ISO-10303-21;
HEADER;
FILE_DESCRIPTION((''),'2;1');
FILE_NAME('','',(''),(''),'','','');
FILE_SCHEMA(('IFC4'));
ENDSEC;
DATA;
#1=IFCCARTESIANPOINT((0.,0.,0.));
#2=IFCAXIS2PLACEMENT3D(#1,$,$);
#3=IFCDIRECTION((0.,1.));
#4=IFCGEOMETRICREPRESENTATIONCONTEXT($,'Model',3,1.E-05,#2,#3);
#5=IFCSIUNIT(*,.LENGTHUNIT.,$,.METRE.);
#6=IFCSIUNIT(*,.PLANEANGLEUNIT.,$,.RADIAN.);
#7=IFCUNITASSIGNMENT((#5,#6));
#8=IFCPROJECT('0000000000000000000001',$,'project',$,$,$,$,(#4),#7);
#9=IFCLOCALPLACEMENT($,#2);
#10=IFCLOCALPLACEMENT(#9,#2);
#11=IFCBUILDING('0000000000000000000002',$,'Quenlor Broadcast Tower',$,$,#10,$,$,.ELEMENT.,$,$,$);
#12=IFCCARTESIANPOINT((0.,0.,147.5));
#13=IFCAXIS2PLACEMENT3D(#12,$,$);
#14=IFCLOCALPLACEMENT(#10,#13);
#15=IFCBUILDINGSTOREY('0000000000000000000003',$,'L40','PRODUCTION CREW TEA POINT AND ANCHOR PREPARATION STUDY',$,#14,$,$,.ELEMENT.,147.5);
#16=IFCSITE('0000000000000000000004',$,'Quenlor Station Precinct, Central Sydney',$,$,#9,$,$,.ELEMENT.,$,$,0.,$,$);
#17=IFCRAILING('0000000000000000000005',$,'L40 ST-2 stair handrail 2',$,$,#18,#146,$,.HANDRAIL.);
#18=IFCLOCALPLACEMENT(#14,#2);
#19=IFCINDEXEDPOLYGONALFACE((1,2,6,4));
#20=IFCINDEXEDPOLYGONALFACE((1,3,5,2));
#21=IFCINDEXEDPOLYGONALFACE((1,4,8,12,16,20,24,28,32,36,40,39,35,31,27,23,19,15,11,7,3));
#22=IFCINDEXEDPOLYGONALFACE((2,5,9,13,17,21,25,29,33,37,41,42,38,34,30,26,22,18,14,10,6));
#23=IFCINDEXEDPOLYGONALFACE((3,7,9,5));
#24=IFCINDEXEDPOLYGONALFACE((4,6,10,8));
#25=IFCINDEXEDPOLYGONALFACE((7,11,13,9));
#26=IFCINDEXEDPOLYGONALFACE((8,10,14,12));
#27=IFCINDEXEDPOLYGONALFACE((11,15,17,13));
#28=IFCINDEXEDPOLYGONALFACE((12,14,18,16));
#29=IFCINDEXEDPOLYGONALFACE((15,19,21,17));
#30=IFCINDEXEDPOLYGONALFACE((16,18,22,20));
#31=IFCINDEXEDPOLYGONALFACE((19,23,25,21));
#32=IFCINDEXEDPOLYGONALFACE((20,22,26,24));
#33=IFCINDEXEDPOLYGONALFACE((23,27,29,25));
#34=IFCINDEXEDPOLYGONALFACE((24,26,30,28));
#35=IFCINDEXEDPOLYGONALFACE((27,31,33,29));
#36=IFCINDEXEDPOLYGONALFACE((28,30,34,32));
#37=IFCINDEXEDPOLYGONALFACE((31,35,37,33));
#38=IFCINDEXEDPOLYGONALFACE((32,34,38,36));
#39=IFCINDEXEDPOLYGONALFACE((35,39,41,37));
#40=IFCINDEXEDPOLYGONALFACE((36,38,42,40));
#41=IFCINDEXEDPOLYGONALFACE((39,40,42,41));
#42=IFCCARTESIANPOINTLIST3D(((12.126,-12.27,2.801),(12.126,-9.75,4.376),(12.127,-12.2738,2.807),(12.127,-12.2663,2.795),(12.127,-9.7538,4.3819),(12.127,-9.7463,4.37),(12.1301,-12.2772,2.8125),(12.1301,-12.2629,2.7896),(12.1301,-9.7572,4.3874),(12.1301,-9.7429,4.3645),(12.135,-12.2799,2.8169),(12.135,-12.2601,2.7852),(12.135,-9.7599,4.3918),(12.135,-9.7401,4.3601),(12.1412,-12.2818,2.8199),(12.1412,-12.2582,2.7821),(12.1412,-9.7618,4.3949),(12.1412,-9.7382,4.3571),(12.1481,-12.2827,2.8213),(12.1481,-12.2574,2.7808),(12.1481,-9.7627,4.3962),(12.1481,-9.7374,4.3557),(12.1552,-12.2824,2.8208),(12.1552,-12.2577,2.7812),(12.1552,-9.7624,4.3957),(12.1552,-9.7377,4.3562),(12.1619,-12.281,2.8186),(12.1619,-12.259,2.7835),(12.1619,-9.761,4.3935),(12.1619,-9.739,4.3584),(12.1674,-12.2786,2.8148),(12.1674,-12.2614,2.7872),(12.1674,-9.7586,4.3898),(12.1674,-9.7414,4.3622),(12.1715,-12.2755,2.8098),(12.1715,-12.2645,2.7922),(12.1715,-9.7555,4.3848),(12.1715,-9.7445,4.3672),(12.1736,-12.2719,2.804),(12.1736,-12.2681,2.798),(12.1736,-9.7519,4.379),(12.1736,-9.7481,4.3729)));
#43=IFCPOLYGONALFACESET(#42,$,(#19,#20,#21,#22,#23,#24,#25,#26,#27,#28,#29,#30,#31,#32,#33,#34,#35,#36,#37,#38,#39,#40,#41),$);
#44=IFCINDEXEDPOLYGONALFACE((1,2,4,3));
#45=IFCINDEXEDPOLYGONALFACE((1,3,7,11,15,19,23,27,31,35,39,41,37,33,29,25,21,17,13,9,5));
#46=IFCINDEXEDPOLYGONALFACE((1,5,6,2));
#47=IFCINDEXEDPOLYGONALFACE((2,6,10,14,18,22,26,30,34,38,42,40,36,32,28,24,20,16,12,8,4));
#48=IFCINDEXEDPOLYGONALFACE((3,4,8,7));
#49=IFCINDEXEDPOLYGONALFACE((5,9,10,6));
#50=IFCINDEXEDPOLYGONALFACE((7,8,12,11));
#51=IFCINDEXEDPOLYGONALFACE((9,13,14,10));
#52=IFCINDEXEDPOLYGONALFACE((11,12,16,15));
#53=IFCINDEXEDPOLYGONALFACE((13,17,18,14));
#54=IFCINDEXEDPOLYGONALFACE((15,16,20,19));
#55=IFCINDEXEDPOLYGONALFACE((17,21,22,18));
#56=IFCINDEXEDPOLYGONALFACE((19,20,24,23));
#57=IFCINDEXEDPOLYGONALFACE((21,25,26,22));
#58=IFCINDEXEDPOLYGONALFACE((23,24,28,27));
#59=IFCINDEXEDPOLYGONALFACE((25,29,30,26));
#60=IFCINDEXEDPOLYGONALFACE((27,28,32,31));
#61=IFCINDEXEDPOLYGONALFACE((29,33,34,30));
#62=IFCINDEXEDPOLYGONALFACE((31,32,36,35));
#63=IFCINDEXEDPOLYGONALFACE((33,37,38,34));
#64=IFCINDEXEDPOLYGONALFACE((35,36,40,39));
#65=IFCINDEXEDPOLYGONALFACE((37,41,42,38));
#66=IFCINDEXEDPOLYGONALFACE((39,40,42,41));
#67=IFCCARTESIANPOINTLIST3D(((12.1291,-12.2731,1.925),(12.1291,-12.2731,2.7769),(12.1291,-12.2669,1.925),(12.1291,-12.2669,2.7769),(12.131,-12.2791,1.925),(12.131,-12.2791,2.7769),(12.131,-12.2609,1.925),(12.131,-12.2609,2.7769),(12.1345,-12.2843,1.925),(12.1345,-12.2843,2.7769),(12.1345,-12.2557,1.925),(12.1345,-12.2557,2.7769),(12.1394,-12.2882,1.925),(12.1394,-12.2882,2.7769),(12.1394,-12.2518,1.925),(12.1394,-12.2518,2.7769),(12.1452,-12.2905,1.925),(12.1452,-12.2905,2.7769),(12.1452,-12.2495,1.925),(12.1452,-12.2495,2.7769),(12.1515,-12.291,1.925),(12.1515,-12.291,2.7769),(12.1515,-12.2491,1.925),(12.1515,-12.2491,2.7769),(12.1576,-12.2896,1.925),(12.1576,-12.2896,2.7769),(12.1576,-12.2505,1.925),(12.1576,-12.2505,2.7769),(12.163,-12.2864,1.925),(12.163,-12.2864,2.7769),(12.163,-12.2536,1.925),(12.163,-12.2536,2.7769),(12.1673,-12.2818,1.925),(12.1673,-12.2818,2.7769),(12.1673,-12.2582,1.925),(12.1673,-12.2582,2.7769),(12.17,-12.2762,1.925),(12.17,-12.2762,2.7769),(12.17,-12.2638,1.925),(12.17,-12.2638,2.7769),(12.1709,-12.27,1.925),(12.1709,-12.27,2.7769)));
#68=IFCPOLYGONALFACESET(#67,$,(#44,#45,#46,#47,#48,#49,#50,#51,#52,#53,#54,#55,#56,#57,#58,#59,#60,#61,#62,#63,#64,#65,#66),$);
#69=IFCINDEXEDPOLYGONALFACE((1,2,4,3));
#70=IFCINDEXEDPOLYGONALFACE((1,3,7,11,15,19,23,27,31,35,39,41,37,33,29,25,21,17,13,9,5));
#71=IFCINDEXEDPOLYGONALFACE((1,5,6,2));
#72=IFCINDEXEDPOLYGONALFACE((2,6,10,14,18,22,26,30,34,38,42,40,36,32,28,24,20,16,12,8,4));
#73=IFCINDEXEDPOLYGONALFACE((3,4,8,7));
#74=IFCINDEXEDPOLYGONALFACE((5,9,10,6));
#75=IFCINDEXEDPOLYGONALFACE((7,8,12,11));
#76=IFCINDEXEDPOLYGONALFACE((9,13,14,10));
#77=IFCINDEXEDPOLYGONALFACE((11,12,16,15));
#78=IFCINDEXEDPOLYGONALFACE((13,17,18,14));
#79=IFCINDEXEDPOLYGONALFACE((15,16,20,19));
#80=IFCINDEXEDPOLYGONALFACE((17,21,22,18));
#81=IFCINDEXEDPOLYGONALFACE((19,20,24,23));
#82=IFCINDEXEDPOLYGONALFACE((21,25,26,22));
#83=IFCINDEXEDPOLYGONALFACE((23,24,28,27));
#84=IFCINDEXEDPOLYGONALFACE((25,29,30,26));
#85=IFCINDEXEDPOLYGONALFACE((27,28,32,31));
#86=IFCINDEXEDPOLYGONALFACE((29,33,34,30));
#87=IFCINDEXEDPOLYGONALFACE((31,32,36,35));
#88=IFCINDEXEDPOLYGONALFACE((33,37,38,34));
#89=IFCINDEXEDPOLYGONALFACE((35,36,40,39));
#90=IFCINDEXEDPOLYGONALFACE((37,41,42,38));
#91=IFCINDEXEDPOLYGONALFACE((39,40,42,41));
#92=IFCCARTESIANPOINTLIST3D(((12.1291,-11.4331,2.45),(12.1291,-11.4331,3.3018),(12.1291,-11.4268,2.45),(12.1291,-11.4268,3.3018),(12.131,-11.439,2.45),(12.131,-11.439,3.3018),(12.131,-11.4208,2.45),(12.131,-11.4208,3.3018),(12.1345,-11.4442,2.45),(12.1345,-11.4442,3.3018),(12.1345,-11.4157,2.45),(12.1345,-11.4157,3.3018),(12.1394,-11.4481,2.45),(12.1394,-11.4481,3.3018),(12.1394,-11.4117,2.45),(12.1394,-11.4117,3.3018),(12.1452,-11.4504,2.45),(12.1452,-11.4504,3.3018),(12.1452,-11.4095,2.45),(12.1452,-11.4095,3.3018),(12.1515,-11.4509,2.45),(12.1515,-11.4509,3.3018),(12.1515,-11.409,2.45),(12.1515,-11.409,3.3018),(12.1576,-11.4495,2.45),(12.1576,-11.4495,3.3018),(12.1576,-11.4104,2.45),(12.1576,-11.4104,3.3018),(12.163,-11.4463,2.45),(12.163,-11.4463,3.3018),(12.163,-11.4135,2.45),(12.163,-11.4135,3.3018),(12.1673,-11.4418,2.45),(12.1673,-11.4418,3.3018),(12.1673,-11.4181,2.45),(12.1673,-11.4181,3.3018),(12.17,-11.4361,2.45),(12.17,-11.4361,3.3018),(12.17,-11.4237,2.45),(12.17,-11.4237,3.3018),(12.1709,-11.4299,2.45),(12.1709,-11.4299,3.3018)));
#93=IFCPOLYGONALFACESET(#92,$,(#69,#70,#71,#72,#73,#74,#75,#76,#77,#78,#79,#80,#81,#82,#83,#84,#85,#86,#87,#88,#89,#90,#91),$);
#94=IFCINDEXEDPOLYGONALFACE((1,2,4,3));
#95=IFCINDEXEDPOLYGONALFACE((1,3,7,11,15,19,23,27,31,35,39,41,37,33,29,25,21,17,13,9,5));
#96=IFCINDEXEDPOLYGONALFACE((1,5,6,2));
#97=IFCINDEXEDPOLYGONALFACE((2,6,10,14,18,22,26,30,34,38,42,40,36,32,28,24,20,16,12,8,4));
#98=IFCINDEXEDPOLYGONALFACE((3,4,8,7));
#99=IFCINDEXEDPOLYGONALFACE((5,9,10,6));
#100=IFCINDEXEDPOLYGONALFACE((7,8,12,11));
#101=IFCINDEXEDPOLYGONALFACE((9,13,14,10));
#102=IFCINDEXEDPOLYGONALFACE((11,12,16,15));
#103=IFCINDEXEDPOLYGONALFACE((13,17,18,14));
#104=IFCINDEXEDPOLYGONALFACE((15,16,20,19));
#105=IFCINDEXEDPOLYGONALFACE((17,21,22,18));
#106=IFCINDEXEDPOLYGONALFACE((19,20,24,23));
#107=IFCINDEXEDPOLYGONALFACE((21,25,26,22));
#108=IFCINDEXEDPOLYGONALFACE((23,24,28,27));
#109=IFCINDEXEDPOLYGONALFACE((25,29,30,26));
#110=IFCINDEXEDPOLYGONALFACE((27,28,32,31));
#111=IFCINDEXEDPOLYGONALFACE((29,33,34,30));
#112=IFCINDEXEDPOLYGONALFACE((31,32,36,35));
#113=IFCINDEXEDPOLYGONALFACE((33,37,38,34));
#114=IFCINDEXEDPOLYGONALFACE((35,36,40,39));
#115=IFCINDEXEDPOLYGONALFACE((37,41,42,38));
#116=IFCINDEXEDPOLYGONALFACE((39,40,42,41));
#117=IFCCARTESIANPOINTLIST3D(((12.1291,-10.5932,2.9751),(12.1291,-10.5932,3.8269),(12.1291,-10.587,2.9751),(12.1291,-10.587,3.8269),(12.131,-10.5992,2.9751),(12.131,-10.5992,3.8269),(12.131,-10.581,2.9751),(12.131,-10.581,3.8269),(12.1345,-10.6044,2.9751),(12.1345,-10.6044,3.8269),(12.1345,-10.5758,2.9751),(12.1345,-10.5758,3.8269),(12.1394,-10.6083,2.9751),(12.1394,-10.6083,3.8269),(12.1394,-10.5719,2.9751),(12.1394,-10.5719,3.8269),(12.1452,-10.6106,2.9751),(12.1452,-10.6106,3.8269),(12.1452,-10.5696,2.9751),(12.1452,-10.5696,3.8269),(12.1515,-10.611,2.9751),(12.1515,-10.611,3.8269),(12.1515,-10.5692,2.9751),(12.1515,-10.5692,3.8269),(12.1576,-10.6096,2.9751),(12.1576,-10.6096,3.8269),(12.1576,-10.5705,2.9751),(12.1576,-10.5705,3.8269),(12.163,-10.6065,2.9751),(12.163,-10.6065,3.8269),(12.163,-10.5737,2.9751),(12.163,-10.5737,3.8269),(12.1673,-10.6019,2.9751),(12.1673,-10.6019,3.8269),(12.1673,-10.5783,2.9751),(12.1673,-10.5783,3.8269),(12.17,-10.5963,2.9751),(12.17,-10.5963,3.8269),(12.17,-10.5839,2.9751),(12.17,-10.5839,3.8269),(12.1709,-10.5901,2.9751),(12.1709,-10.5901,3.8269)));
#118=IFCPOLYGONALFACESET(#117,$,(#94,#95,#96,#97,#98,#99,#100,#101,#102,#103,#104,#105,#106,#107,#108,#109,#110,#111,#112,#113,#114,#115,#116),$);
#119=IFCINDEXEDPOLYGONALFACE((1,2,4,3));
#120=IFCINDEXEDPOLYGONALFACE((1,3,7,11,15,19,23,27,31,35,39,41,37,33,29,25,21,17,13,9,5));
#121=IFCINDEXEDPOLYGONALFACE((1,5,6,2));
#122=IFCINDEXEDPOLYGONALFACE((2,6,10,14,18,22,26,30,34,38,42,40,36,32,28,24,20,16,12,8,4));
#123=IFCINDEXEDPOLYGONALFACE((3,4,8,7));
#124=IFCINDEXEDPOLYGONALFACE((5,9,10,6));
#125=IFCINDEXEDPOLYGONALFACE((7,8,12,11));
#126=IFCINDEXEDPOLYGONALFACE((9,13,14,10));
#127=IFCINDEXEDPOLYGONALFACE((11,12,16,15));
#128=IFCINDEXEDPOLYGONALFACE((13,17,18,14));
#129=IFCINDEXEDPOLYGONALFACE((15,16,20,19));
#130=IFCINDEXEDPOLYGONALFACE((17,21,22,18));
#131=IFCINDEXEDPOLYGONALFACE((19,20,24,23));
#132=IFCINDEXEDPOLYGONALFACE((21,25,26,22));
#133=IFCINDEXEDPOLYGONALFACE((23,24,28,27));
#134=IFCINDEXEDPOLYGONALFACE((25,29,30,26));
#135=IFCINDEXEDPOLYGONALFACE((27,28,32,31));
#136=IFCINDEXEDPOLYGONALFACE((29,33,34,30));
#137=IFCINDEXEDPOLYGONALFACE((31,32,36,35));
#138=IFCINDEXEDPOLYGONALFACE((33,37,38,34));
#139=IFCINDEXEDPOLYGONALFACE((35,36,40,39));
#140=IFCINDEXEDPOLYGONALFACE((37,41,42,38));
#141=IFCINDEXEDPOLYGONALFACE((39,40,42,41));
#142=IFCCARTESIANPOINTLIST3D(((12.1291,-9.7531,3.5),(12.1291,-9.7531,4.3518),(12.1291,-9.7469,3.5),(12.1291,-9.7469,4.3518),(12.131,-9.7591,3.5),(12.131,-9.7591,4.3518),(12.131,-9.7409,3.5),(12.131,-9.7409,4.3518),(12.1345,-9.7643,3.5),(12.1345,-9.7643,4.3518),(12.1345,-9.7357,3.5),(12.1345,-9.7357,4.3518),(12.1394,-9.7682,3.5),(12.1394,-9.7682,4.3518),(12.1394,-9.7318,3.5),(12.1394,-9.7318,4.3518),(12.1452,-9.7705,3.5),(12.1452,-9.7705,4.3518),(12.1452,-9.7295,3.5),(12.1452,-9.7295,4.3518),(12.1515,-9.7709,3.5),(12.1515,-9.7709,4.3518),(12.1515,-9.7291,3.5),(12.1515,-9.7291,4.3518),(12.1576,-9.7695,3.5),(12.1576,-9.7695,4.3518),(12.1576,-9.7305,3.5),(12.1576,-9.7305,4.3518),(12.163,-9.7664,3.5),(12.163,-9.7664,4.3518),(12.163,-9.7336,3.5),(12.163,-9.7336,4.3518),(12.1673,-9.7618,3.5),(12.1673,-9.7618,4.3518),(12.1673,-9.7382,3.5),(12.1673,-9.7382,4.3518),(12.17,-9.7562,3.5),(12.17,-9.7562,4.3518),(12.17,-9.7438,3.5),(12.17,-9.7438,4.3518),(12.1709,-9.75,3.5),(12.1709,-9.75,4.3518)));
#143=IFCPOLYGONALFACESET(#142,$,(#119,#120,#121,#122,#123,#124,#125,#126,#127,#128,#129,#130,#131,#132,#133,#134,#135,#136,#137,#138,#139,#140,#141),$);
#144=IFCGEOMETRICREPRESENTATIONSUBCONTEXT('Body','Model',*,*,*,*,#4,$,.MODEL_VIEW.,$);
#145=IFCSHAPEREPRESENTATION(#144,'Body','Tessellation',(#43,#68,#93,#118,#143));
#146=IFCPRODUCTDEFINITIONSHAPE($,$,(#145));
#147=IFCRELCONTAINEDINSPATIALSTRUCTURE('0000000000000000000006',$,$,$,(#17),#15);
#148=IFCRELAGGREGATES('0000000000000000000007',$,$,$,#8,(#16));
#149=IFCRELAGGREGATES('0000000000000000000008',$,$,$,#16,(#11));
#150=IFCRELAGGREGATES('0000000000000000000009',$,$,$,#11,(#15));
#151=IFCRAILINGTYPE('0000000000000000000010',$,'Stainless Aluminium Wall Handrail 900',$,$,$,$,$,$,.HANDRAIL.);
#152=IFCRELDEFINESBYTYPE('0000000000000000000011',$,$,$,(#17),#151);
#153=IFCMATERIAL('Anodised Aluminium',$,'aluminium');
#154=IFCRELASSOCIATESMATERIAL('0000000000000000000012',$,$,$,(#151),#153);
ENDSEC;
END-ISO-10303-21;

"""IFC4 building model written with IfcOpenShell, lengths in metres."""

from ifc_helpers import new_model, si_unit, direction, frame, origin, origin_2d, place, context, subcontext, project, spatial, circle, extrude, material, type_object, element, save


model = new_model("IFC4")

# Units and contexts
model_context = context("Model", 3, precision=1e-05, world=origin(), true_north=direction((0.0, 1.0)))
body_context = subcontext(model_context, "Body", "Model", "MODEL_VIEW")
ifc_project = project(units=[si_unit("LENGTHUNIT", "METRE"), si_unit("PLANEANGLEUNIT", "RADIAN")], contexts=[model_context])

# Site, building, storey
site_placement = place(None, origin())
site = spatial("IfcSite", under=ifc_project, at=site_placement, Name="Quenlor Station Precinct, Central Sydney", CompositionType="ELEMENT", RefElevation=0.0)
building_placement = place(site_placement, origin())
building = spatial("IfcBuilding", under=site, at=building_placement, Name="Quenlor Broadcast Tower", CompositionType="ELEMENT")
storey_placement = place(building_placement, frame((0.0, 0.0, 147.5)))
storey = spatial("IfcBuildingStorey", under=building, at=storey_placement, Name="L40", Description="PRODUCTION CREW TEA POINT AND ANCHOR PREPARATION STUDY", CompositionType="ELEMENT", Elevation=147.5)

# Railing
ifc_material_1 = material(Name="Anodised Aluminium", Category="aluminium")
railing_type_1 = type_object("IfcRailingType", Name="Stainless Aluminium Wall Handrail 900", PredefinedType="HANDRAIL", material=ifc_material_1)
railing_1_placement = place(storey_placement, frame((12.1499, -12.27, 1.925)))
element("IfcRailing", 1, at=railing_1_placement, inside=storey, type_object=railing_type_1, Name="L40 ST-2 stair handrail 2", PredefinedType="HANDRAIL", context=body_context, shape_type="SweptSolid", body=[
    extrude(circle(Radius=0.0239, at=origin_2d()), frame((0.0, 0.0, 0.876), z_axis=(0.0, 0.848008, 0.529984), x_axis=(-1.0, 0.0, 0.0)), (0.0, 0.0, 1.0), 2.9717),
    extrude(circle(Radius=0.021, at=origin_2d()), origin(), (0.0, 0.0, 1.0), 0.8518),
    extrude(circle(Radius=0.021, at=origin_2d()), frame((0.0, 0.8401, 0.5249)), (0.0, 0.0, 1.0), 0.8518),
    extrude(circle(Radius=0.021, at=origin_2d()), frame((0.0, 1.6799, 1.05)), (0.0, 0.0, 1.0), 0.8518),
    extrude(circle(Radius=0.021, at=origin_2d()), frame((0.0, 2.52, 1.575)), (0.0, 0.0, 1.0), 0.8518),
])

save(model, "model.ifc")
